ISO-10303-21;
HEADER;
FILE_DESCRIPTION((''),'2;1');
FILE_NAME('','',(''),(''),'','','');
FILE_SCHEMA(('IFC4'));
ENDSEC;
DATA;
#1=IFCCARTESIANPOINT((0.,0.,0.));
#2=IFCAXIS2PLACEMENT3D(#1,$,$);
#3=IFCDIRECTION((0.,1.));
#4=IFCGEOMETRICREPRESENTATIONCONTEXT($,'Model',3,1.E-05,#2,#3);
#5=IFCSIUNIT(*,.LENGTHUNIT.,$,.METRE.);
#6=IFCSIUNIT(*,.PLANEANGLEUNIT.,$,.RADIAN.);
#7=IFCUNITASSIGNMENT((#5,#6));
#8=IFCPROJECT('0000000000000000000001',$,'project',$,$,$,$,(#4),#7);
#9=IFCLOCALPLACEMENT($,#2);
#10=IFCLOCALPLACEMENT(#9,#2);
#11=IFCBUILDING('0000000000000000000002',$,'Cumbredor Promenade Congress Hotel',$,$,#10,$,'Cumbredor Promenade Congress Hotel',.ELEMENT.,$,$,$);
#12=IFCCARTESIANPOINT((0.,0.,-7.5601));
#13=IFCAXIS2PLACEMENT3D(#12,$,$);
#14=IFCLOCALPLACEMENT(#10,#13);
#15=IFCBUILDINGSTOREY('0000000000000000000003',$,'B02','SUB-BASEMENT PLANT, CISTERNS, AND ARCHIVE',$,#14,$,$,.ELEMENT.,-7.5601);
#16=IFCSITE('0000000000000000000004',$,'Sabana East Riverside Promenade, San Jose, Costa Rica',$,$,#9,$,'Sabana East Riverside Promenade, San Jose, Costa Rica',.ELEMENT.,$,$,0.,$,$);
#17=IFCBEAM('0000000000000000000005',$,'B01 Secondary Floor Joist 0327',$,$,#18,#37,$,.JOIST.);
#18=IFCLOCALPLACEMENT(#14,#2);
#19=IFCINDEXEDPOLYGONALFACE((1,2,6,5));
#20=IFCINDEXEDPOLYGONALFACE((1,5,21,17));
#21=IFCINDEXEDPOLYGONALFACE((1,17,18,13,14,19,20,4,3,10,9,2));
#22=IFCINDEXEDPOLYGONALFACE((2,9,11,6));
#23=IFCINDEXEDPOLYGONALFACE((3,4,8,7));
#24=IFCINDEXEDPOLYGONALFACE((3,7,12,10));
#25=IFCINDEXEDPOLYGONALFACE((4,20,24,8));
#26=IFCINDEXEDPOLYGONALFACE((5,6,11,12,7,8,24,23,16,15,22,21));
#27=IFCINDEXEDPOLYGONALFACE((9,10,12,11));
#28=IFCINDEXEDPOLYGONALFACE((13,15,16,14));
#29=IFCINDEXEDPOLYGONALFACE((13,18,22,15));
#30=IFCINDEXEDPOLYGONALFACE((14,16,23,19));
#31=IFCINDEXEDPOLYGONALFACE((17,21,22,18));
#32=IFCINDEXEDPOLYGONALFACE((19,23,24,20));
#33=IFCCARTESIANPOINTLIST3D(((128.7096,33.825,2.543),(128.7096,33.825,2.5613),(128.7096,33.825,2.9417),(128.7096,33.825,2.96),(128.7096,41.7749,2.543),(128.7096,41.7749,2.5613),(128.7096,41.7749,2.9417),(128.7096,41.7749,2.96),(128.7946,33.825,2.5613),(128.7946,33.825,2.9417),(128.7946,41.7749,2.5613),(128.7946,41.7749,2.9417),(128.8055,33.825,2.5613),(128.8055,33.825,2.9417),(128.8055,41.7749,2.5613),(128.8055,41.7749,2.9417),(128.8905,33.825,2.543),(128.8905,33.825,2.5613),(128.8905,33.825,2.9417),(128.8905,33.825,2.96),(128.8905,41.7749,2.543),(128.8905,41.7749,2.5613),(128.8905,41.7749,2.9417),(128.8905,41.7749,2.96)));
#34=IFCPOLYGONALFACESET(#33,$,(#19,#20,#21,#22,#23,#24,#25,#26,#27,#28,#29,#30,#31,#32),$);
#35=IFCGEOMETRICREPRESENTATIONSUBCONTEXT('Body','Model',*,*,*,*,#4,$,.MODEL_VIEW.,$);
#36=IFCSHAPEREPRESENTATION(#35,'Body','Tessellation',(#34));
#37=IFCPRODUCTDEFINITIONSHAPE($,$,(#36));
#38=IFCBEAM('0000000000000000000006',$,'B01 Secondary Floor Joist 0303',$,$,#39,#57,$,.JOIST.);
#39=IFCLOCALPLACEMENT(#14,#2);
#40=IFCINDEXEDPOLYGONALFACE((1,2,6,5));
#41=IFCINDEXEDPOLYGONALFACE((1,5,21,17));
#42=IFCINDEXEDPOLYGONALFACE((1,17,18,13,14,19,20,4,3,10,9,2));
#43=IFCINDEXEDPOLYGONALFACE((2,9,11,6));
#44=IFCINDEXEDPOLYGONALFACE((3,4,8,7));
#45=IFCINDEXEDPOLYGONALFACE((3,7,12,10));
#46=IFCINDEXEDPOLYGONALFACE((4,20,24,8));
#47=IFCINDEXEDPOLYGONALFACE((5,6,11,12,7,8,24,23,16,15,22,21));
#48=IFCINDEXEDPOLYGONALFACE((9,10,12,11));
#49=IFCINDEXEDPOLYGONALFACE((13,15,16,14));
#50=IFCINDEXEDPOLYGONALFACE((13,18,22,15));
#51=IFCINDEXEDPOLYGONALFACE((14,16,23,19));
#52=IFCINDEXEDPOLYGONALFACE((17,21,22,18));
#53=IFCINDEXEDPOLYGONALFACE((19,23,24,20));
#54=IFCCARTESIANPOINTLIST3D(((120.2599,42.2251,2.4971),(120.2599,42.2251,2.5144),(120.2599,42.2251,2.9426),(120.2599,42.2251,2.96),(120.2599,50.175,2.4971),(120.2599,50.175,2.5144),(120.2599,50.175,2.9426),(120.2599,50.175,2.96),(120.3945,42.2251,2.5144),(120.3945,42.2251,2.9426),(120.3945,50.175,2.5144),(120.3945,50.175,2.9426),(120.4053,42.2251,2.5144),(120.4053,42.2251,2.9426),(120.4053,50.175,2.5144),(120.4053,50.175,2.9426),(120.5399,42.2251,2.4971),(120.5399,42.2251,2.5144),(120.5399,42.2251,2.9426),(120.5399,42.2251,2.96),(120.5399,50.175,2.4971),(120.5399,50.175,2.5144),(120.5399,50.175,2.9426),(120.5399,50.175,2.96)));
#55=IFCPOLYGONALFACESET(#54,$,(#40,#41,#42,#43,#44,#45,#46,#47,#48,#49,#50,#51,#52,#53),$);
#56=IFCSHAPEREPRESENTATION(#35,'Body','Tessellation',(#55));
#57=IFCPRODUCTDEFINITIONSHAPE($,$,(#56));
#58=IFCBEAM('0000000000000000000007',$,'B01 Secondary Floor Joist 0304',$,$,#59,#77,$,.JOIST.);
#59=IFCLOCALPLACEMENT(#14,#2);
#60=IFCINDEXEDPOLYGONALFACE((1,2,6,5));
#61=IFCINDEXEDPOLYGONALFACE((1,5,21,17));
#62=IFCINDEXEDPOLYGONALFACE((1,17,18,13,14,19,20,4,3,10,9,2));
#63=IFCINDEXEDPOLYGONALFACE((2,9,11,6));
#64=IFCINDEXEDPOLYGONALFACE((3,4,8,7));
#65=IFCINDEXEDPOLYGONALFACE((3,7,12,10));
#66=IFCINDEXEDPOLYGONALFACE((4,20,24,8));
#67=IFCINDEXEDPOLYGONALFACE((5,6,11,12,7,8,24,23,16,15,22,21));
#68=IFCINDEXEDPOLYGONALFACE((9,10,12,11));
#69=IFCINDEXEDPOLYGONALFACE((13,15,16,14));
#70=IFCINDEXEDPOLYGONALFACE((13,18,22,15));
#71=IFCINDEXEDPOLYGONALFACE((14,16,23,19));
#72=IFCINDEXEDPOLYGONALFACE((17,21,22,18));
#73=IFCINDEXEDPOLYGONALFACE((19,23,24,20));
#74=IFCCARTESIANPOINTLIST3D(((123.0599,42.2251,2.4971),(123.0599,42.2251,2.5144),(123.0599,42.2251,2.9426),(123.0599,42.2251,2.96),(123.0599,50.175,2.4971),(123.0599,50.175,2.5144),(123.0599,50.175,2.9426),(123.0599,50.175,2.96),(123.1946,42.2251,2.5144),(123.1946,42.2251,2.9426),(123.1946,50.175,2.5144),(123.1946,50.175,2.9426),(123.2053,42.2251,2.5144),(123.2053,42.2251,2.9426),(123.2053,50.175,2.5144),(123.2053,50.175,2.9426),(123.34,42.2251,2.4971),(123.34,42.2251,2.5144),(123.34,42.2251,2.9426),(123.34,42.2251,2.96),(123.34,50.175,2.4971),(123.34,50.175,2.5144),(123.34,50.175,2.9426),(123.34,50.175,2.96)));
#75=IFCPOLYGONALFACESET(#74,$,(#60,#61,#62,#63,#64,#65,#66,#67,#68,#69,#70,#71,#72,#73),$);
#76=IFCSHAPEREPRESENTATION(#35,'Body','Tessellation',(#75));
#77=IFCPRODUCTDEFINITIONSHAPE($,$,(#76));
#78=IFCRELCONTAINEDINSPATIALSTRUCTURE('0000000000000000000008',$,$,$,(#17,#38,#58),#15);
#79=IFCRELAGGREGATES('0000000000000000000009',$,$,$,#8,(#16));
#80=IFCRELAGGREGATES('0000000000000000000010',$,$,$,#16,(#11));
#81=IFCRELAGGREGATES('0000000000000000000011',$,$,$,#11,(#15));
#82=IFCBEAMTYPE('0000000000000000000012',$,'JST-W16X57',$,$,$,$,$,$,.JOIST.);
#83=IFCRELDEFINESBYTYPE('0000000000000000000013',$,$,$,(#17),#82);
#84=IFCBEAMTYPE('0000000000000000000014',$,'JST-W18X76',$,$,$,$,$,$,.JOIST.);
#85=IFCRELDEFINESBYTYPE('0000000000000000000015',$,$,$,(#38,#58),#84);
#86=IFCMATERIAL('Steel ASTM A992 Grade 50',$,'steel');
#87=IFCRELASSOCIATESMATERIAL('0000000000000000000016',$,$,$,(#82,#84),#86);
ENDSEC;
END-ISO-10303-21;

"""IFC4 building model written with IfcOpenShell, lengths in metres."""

from ifc_helpers import new_model, si_unit, direction, frame, origin, origin_2d, place, context, subcontext, project, spatial, i_section, extrude, material, material_profile, profile_set, type_object, element, save


model = new_model("IFC4")

# Units and contexts
model_context = context("Model", 3, precision=1e-05, world=origin(), true_north=direction((0.0, 1.0)))
body_context = subcontext(model_context, "Body", "Model", "MODEL_VIEW")
ifc_project = project(units=[si_unit("LENGTHUNIT", "METRE"), si_unit("PLANEANGLEUNIT", "RADIAN")], contexts=[model_context])

# Site, building, storey
site_placement = place(None, origin())
site = spatial("IfcSite", under=ifc_project, at=site_placement, Name="Sabana East Riverside Promenade, San Jose, Costa Rica", LongName="Sabana East Riverside Promenade, San Jose, Costa Rica", CompositionType="ELEMENT", RefElevation=0.0)
building_placement = place(site_placement, origin())
building = spatial("IfcBuilding", under=site, at=building_placement, Name="Cumbredor Promenade Congress Hotel", LongName="Cumbredor Promenade Congress Hotel", CompositionType="ELEMENT")
storey_placement = place(building_placement, frame((0.0, 0.0, -7.5601)))
storey = spatial("IfcBuildingStorey", under=building, at=storey_placement, Name="B02", Description="SUB-BASEMENT PLANT, CISTERNS, AND ARCHIVE", CompositionType="ELEMENT", Elevation=-7.5601)

# Beams
ifc_material_1 = material(Name="Steel ASTM A992 Grade 50", Category="steel")
ifc_material_profile_1 = material_profile(ifc_material_1, i_section(OverallWidth=0.1809, OverallDepth=0.417, WebThickness=0.011, FlangeThickness=0.0183, at=origin_2d()), Name="W16X57")
ifc_profile_set_1 = profile_set([ifc_material_profile_1], Name="Steel ASTM A992 Grade 50")
beam_type_1 = type_object("IfcBeamType", Name="JST-W16X57", PredefinedType="JOIST", material=ifc_profile_set_1)
beam_1_placement = place(storey_placement, frame((128.8, 33.825, 2.7515), z_axis=(0.0, 1.0, 0.0), x_axis=(-1.0, 0.0, 0.0)))
element("IfcBeam", 1, at=beam_1_placement, inside=storey, type_object=beam_type_1, Name="B01 Secondary Floor Joist 0327", PredefinedType="JOIST", context=body_context, shape_type="SweptSolid", body=[
    extrude(i_section(OverallWidth=0.1809, OverallDepth=0.417, WebThickness=0.011, FlangeThickness=0.0183, at=origin_2d()), origin(), (0.0, 0.0, 1.0), 7.95),
])
ifc_material_profile_2 = material_profile(ifc_material_1, i_section(OverallWidth=0.28, OverallDepth=0.4629, WebThickness=0.0107, FlangeThickness=0.0173, at=origin_2d()), Name="W18X76")
ifc_profile_set_2 = profile_set([ifc_material_profile_2], Name="Steel ASTM A992 Grade 50")
beam_type_2 = type_object("IfcBeamType", Name="JST-W18X76", PredefinedType="JOIST", material=ifc_profile_set_2)
for number, where, z_axis, x_axis, name in (
    (2, (120.3999, 42.2251, 2.7285), (0.0, 1.0, 0.0), (-1.0, 0.0, 0.0), "B01 Secondary Floor Joist 0303"),
    (3, (123.2, 42.2251, 2.7285), (0.0, 1.0, 0.0), (-1.0, 0.0, 0.0), "B01 Secondary Floor Joist 0304"),
):
    element("IfcBeam", number, at=place(storey_placement, frame(where, z_axis=z_axis, x_axis=x_axis)), inside=storey, type_object=beam_type_2, Name=name, PredefinedType="JOIST", context=body_context, shape_type="SweptSolid", body=[
        extrude(i_section(OverallWidth=0.28, OverallDepth=0.4629, WebThickness=0.0107, FlangeThickness=0.0173, at=origin_2d()), origin(), (0.0, 0.0, 1.0), 7.95),
    ])

save(model, "model.ifc")
